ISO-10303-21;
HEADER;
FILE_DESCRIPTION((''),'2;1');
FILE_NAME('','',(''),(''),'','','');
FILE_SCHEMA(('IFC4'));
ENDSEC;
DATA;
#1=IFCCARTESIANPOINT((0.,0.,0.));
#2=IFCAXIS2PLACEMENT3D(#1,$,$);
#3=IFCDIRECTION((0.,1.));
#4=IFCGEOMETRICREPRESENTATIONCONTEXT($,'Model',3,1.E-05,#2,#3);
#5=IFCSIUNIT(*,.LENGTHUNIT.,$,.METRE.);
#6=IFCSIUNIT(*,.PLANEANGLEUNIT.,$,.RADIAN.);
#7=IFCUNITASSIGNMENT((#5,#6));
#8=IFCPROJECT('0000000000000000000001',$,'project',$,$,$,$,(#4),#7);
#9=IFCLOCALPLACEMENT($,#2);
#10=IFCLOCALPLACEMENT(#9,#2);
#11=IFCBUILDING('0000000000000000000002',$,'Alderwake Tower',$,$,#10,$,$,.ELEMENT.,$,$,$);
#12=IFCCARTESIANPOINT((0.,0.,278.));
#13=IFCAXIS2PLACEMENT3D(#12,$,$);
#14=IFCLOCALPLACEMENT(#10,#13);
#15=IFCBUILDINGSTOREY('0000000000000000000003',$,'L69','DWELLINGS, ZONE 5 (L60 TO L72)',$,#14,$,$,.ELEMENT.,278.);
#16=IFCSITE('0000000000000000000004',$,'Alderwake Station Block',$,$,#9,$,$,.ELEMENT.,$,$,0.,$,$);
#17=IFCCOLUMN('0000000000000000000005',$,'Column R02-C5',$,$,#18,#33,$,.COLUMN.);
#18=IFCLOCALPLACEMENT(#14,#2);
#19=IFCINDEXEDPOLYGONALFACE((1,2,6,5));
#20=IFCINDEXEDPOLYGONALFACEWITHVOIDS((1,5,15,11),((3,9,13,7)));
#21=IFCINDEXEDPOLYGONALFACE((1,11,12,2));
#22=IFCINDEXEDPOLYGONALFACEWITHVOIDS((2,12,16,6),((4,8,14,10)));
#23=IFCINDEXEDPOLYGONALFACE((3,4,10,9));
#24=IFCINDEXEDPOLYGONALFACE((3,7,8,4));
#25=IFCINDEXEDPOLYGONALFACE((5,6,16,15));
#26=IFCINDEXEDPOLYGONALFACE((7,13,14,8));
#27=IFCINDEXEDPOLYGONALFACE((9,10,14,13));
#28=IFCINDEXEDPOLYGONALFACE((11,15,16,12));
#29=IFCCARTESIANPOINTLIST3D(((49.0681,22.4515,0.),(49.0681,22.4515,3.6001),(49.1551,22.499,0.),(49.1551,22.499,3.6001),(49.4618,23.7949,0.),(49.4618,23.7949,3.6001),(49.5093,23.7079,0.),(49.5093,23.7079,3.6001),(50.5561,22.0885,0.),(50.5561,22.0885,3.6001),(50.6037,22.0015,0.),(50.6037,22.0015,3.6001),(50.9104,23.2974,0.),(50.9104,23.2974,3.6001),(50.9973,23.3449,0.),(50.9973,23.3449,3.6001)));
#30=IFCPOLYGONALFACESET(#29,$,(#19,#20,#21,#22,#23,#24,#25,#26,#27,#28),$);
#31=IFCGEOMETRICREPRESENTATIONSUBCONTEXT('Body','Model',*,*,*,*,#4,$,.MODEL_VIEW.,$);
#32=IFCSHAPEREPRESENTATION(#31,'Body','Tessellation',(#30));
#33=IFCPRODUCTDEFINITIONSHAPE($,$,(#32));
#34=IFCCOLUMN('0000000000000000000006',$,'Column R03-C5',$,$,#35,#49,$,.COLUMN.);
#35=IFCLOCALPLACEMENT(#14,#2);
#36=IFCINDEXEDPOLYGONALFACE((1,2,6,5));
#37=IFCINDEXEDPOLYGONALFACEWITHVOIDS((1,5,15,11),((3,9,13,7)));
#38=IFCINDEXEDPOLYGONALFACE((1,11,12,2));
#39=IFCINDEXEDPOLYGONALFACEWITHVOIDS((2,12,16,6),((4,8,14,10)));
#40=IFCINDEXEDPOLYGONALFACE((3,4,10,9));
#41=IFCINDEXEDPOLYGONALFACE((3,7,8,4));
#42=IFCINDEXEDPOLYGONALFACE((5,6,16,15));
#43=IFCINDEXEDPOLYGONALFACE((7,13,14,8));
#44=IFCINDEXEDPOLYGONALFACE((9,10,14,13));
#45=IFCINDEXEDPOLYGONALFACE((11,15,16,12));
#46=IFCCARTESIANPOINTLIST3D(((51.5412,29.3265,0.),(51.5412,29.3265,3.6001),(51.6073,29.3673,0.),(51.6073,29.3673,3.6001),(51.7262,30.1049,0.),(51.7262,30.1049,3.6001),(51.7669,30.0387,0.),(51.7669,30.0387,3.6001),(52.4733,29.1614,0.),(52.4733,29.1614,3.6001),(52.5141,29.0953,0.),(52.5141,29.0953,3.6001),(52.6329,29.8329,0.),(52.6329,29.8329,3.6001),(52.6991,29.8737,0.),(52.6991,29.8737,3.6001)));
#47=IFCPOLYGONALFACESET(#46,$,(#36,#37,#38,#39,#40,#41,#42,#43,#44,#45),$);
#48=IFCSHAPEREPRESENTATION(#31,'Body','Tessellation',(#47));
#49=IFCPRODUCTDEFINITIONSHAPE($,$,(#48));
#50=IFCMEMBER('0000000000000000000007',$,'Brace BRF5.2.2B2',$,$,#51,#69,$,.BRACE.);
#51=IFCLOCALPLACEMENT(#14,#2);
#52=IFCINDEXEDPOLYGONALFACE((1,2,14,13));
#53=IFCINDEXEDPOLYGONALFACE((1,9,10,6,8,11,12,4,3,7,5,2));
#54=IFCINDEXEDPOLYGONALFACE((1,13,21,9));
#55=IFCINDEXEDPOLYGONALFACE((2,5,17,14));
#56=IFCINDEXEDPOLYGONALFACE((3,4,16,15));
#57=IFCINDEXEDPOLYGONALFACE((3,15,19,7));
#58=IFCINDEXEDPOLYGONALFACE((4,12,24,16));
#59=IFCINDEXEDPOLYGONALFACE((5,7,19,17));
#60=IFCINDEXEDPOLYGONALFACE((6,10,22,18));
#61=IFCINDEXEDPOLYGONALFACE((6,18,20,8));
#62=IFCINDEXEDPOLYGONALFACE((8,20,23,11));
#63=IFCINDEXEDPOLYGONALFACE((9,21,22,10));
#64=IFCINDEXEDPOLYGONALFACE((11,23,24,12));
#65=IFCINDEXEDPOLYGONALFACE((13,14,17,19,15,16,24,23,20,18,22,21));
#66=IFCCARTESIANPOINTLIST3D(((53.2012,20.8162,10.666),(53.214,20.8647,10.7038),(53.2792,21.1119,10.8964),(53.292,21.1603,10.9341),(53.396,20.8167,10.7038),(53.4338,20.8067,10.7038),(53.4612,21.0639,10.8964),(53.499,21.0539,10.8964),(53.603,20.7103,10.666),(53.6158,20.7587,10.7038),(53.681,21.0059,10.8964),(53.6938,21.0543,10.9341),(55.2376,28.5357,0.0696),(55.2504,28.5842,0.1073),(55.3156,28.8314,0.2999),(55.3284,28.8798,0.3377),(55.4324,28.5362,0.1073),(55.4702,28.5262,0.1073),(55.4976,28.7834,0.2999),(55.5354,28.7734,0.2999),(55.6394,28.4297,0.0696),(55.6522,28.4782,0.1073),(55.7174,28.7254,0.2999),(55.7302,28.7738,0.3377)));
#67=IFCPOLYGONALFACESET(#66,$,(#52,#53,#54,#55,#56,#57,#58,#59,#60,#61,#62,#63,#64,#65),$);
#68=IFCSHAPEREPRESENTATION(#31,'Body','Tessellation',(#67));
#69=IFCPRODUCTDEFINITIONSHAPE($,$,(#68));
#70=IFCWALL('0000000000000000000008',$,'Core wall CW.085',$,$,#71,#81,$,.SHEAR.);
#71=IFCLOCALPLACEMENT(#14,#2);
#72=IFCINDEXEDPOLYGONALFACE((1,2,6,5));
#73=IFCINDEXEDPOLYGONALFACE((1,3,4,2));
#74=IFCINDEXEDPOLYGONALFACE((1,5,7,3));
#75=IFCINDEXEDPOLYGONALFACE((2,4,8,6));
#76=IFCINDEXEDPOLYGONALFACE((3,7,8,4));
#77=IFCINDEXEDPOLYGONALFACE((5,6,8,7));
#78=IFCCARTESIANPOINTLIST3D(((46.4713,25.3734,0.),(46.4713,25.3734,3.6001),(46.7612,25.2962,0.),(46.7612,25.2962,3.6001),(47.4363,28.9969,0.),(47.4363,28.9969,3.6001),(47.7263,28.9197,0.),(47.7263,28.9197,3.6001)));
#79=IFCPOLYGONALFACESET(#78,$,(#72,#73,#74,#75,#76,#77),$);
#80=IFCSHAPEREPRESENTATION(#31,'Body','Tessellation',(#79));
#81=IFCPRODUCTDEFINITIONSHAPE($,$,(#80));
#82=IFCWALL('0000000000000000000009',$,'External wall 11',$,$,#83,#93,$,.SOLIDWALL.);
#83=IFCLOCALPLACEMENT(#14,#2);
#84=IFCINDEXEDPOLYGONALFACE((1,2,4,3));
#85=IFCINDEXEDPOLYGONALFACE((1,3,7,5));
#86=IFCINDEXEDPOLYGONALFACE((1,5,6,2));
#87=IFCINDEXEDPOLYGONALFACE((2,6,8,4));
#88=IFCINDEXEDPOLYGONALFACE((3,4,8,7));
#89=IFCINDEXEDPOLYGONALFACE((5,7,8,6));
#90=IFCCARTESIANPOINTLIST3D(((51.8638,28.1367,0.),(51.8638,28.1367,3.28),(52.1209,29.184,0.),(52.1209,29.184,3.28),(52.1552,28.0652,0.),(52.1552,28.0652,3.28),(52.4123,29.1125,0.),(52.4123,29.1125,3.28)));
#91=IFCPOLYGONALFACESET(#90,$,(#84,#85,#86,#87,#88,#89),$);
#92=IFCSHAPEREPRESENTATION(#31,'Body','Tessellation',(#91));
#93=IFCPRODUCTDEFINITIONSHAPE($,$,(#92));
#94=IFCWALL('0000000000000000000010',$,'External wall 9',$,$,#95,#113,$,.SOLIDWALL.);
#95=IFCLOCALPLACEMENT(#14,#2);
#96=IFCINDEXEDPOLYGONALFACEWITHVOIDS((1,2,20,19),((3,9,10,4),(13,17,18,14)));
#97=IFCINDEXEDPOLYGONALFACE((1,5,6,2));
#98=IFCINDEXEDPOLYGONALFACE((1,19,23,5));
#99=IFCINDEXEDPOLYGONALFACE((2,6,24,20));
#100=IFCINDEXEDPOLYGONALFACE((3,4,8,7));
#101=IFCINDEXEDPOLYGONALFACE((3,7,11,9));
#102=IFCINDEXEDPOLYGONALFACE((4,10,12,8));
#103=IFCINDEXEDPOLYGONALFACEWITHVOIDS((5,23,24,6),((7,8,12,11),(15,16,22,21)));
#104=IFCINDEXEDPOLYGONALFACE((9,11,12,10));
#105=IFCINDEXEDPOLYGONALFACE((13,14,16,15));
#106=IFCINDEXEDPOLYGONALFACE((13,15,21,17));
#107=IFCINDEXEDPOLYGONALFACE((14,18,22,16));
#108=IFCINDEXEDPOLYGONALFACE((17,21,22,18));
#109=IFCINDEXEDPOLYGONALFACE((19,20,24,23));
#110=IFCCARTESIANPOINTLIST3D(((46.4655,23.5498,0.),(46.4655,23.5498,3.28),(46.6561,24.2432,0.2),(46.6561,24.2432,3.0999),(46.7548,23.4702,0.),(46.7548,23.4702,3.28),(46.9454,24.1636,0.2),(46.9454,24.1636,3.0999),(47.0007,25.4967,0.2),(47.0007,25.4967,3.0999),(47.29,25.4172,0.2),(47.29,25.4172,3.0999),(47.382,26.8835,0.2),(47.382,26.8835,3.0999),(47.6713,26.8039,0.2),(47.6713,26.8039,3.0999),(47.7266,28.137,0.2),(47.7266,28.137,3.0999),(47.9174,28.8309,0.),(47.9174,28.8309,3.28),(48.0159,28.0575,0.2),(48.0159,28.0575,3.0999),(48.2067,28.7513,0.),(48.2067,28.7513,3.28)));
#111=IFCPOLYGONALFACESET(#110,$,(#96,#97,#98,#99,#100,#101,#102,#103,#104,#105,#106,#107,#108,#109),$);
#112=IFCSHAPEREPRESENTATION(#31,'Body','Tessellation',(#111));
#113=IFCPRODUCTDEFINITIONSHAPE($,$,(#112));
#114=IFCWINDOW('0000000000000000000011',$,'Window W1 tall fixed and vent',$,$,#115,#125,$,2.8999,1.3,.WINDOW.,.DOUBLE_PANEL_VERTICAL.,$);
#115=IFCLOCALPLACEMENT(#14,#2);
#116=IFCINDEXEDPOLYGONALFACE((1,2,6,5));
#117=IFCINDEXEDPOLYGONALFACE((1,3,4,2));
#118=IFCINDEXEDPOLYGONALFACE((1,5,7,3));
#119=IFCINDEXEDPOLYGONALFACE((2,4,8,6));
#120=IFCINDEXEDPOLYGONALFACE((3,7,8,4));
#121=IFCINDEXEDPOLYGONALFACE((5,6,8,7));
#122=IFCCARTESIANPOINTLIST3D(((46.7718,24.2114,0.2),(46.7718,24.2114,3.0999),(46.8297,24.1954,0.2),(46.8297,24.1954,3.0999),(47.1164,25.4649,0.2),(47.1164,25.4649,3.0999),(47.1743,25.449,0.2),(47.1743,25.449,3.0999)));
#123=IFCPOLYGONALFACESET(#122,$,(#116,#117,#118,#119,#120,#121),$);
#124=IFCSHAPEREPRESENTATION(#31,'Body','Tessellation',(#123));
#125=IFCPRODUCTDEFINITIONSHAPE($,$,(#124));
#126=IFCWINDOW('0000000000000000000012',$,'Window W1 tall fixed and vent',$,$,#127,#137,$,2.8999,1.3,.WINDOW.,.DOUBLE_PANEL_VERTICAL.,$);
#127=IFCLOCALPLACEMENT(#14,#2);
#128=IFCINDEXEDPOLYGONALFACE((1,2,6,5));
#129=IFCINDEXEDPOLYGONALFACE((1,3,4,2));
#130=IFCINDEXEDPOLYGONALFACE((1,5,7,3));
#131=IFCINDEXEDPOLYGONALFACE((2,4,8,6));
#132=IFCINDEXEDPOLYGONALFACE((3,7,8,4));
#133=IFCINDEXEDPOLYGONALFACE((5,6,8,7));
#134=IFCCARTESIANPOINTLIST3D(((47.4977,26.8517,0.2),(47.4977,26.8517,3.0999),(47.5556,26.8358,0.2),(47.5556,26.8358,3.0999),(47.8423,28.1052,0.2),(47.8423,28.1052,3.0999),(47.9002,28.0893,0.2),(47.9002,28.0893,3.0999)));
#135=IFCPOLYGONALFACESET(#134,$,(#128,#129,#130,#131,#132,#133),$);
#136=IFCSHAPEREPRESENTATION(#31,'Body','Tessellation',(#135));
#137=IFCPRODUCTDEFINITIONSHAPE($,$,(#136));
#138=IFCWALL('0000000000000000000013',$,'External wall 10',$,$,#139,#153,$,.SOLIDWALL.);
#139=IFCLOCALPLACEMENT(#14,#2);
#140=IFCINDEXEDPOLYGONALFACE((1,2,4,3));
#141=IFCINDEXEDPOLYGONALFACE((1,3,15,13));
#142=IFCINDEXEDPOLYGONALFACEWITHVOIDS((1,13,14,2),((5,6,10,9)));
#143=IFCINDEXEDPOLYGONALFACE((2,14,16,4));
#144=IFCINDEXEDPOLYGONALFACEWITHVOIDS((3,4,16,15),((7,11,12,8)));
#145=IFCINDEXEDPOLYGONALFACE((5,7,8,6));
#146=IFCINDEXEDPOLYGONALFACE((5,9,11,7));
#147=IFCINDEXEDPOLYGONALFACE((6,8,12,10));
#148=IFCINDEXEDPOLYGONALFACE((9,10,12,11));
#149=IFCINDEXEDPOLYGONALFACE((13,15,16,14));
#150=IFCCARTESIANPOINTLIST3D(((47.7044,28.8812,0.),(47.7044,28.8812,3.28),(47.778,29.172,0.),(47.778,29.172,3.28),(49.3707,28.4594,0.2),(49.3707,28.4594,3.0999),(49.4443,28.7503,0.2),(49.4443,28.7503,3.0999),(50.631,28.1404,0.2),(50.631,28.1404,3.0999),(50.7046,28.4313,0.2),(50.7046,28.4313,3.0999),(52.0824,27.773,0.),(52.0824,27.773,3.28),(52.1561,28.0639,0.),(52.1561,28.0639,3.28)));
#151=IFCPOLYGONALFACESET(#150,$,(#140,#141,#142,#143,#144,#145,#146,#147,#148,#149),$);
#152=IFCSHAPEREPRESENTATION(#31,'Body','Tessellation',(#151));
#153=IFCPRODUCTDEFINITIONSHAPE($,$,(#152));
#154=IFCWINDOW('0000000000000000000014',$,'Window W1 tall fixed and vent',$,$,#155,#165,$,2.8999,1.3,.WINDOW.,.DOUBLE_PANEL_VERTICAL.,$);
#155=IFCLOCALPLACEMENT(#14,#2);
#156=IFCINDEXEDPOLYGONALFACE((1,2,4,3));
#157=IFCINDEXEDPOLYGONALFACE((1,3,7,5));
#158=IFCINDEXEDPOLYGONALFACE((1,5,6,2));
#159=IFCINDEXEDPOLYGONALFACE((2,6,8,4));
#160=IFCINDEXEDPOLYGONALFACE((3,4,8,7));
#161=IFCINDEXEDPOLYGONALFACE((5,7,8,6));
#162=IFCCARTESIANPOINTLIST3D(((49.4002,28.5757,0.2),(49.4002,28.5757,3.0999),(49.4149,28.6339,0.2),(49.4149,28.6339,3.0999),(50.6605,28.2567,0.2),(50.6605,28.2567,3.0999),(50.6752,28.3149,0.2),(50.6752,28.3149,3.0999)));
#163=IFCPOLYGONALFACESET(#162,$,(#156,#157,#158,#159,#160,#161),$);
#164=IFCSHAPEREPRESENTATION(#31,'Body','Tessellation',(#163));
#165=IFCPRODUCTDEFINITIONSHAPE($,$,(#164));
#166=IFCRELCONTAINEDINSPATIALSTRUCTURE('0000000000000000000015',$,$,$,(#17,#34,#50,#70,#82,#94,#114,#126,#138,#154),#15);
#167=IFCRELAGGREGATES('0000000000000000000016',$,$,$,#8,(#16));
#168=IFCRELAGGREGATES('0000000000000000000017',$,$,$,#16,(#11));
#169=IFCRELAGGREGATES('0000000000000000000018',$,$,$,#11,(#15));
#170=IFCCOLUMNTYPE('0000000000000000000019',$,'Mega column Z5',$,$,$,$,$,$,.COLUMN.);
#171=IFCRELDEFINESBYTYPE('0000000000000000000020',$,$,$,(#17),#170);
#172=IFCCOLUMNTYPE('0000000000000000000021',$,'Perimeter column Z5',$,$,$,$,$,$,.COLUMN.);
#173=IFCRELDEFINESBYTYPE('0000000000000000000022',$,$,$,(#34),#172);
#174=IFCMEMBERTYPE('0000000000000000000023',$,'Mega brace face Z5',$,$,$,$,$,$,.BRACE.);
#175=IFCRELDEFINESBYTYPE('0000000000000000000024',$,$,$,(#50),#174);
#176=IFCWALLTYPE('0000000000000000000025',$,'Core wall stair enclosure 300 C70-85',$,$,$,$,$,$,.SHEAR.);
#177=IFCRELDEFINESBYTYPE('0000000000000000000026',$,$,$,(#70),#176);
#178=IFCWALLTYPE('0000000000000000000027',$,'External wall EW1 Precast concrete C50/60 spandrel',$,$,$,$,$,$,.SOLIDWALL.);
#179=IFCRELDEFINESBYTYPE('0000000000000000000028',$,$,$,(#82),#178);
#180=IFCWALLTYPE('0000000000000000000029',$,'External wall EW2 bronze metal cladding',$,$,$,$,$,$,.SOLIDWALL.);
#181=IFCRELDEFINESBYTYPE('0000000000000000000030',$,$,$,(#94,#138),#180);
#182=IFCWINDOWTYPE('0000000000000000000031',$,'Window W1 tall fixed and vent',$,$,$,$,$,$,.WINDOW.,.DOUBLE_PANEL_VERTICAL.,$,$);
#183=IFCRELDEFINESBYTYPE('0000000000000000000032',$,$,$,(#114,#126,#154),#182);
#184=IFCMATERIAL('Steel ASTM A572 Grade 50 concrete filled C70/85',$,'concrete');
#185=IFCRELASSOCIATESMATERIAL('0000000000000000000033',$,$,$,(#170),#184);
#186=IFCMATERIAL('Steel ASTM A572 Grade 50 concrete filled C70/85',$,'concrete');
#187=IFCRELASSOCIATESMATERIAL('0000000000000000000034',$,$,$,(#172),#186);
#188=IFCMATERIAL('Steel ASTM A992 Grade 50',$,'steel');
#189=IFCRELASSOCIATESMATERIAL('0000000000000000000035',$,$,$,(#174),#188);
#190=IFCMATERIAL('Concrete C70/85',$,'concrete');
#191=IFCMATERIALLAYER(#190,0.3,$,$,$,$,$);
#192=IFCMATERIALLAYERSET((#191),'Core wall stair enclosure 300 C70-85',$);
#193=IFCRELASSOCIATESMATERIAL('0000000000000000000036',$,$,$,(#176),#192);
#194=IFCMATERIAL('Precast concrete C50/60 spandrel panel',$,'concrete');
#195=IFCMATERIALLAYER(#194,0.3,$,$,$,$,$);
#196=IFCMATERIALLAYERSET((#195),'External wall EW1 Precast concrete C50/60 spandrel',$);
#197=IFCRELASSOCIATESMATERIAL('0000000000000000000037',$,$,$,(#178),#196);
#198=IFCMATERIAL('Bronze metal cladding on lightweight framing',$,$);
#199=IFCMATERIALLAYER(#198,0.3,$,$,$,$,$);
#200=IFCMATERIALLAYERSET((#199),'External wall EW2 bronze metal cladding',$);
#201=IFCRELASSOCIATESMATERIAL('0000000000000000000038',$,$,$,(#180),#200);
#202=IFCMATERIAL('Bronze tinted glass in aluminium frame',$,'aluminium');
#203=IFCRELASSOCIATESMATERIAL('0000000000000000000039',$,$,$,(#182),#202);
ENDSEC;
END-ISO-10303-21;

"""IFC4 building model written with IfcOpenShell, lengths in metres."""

from ifc_helpers import new_model, si_unit, direction, frame, frame_2d, origin, origin_2d, place, context, subcontext, project, spatial, rectangle, hollow_rectangle, i_section, extrude, material, layer, layer_set, material_profile, profile_set, type_object, element, fill, save


model = new_model("IFC4")

# Units and contexts
model_context = context("Model", 3, precision=1e-05, world=origin(), true_north=direction((0.0, 1.0)))
body_context = subcontext(model_context, "Body", "Model", "MODEL_VIEW")
ifc_project = project(units=[si_unit("LENGTHUNIT", "METRE"), si_unit("PLANEANGLEUNIT", "RADIAN")], contexts=[model_context])

# Site, building, storey
site_placement = place(None, origin())
site = spatial("IfcSite", under=ifc_project, at=site_placement, Name="Alderwake Station Block", CompositionType="ELEMENT", RefElevation=0.0)
building_placement = place(site_placement, origin())
building = spatial("IfcBuilding", under=site, at=building_placement, Name="Alderwake Tower", CompositionType="ELEMENT")
storey_placement = place(building_placement, frame((0.0, 0.0, 278.0)))
storey = spatial("IfcBuildingStorey", under=building, at=storey_placement, Name="L69", Description="DWELLINGS, ZONE 5 (L60 TO L72)", CompositionType="ELEMENT", Elevation=278.0)

# Columns
ifc_material_1 = material(Name="Steel ASTM A572 Grade 50 concrete filled C70/85", Category="concrete")
ifc_material_profile_1 = material_profile(ifc_material_1, hollow_rectangle(XDim=1.3999, YDim=1.6001, WallThickness=0.0701, at=origin_2d()), Name="BOX 1600X1400X70")
ifc_profile_set_1 = profile_set([ifc_material_profile_1], Name="Steel ASTM A572 Grade 50 concrete filled C70/85")
column_type_1 = type_object("IfcColumnType", Name="Mega column Z5", PredefinedType="COLUMN", material=ifc_profile_set_1)
column_1_placement = place(storey_placement, frame((50.0327, 22.8982, 0.0), z_axis=(0.0, 0.0, 1.0), x_axis=(0.281194, 0.959651, 0.0)))
element("IfcColumn", 1, at=column_1_placement, inside=storey, type_object=column_type_1, Name="Column R02-C5", PredefinedType="COLUMN", context=body_context, shape_type="SweptSolid", body=[
    extrude(hollow_rectangle(XDim=1.3999, YDim=1.6001, WallThickness=0.0701, at=origin_2d()), origin(), (0.0, 0.0, 1.0), 3.6001),
])
ifc_material_2 = material(Name="Steel ASTM A572 Grade 50 concrete filled C70/85", Category="concrete")
ifc_material_profile_2 = material_profile(ifc_material_2, hollow_rectangle(XDim=0.8, YDim=1.0, WallThickness=0.0549, at=origin_2d()), Name="BOX 1000X800X55")
ifc_profile_set_2 = profile_set([ifc_material_profile_2], Name="Steel ASTM A572 Grade 50 concrete filled C70/85")
column_type_2 = type_object("IfcColumnType", Name="Perimeter column Z5", PredefinedType="COLUMN", material=ifc_profile_set_2)
column_2_placement = place(storey_placement, frame((52.1201, 29.6001, 0.0), z_axis=(0.0, 0.0, 1.0), x_axis=(0.231222, 0.972901, 0.0)))
element("IfcColumn", 2, at=column_2_placement, inside=storey, type_object=column_type_2, Name="Column R03-C5", PredefinedType="COLUMN", context=body_context, shape_type="SweptSolid", body=[
    extrude(hollow_rectangle(XDim=0.8, YDim=1.0, WallThickness=0.0549, at=origin_2d()), origin(), (0.0, 0.0, 1.0), 3.6001),
])

# Member
ifc_material_3 = material(Name="Steel ASTM A992 Grade 50", Category="steel")
ifc_material_profile_3 = material_profile(ifc_material_3, i_section(OverallWidth=0.4155, OverallDepth=0.4456, WebThickness=0.0391, FlangeThickness=0.0627, at=origin_2d()), Name="W14X342")
ifc_profile_set_3 = profile_set([ifc_material_profile_3], Name="Steel ASTM A992 Grade 50")
member_type = type_object("IfcMemberType", Name="Mega brace face Z5", PredefinedType="BRACE", material=ifc_profile_set_3)
member_placement = place(storey_placement, frame((55.4839, 28.6548, 0.2036), z_axis=(-0.153488, -0.581842, 0.798687), x_axis=(0.966922, -0.255071, 0.0)))
element("IfcMember", 3, at=member_placement, inside=storey, type_object=member_type, Name="Brace BRF5.2.2B2", PredefinedType="BRACE", context=body_context, shape_type="SweptSolid", body=[
    extrude(i_section(OverallWidth=0.4155, OverallDepth=0.4456, WebThickness=0.0391, FlangeThickness=0.0627, at=origin_2d()), origin(), (0.0, 0.0, 1.0), 13.2673),
])

# Walls
ifc_material_4 = material(Name="Concrete C70/85", Category="concrete")
ifc_layer_1 = layer(ifc_material_4, 0.3)
ifc_layer_set_1 = layer_set([ifc_layer_1], Name="Core wall stair enclosure 300 C70-85")
wall_type_1 = type_object("IfcWallType", Name="Core wall stair enclosure 300 C70-85", PredefinedType="SHEAR", material=ifc_layer_set_1)
wall_1_placement = place(storey_placement, frame((46.6162, 25.3347, 0.0), z_axis=(0.0, 0.0, 1.0), x_axis=(0.257367, 0.966314, 0.0)))
element("IfcWall", 4, at=wall_1_placement, inside=storey, type_object=wall_type_1, Name="Core wall CW.085", PredefinedType="SHEAR", context=body_context, shape_type="SweptSolid", body=[
    extrude(rectangle(XDim=3.7498, YDim=0.3, at=frame_2d((1.875, 0.0))), origin(), (0.0, 0.0, 1.0), 3.6001),
])
ifc_material_5 = material(Name="Precast concrete C50/60 spandrel panel", Category="concrete")
ifc_layer_2 = layer(ifc_material_5, 0.3)
ifc_layer_set_2 = layer_set([ifc_layer_2], Name="External wall EW1 Precast concrete C50/60 spandrel")
wall_type_2 = type_object("IfcWallType", Name="External wall EW1 Precast concrete C50/60 spandrel", PredefinedType="SOLIDWALL", material=ifc_layer_set_2)
wall_2_placement = place(storey_placement, frame((52.0095, 28.1011, 0.0), z_axis=(0.0, 0.0, 1.0), x_axis=(0.238379, 0.971172, 0.0)))
element("IfcWall", 5, at=wall_2_placement, inside=storey, type_object=wall_type_2, Name="External wall 11", PredefinedType="SOLIDWALL", context=body_context, shape_type="SweptSolid", body=[
    extrude(rectangle(XDim=1.0784, YDim=0.3, at=frame_2d((0.5391, 0.0))), origin(), (0.0, 0.0, 1.0), 3.28),
])

# Wall, openings, windows
ifc_material_6 = material(Name="Bronze metal cladding on lightweight framing")
ifc_layer_3 = layer(ifc_material_6, 0.3)
ifc_layer_set_3 = layer_set([ifc_layer_3], Name="External wall EW2 bronze metal cladding")
wall_type_3 = type_object("IfcWallType", Name="External wall EW2 bronze metal cladding", PredefinedType="SOLIDWALL", material=ifc_layer_set_3)
wall_3_placement = place(storey_placement, frame((46.6101, 23.51, 0.0), z_axis=(0.0, 0.0, 1.0), x_axis=(0.265093, 0.964223, 0.0)))
wall_3 = element("IfcWall", 6, at=wall_3_placement, inside=storey, type_object=wall_type_3, Name="External wall 9", PredefinedType="SOLIDWALL", context=body_context, shape_type="SweptSolid", body=[
    extrude(rectangle(XDim=5.4771, YDim=0.3, at=frame_2d((2.7385, 0.0))), origin(), (0.0, 0.0, 1.0), 3.28),
])
opening_1_placement = place(wall_3_placement, frame((0.7192, 0.0, 0.2)))
opening_1 = element("IfcOpeningElement", 7, at=opening_1_placement, cuts=wall_3, PredefinedType="OPENING", context=body_context, shape_type="SweptSolid", body=[
    extrude(rectangle(XDim=1.3, YDim=2.8999, at=frame_2d((0.6499, 1.45))), frame((0.0, 0.1599, 0.0), z_axis=(0.0, -1.0, 0.0), x_axis=(1.0, 0.0, 0.0)), (0.0, 0.0, 1.0), 0.3201),
])
opening_2_placement = place(wall_3_placement, frame((3.4575, 0.0, 0.2)))
opening_2 = element("IfcOpeningElement", 8, at=opening_2_placement, cuts=wall_3, PredefinedType="OPENING", context=body_context, shape_type="SweptSolid", body=[
    extrude(rectangle(XDim=1.3, YDim=2.8999, at=frame_2d((0.6499, 1.45))), frame((0.0, 0.1599, 0.0), z_axis=(0.0, -1.0, 0.0), x_axis=(1.0, 0.0, 0.0)), (0.0, 0.0, 1.0), 0.3201),
])
ifc_material_7 = material(Name="Bronze tinted glass in aluminium frame", Category="aluminium")
window_type = type_object("IfcWindowType", Name="Window W1 tall fixed and vent", PartitioningType="DOUBLE_PANEL_VERTICAL", PredefinedType="WINDOW", material=ifc_material_7)
window_1_placement = place(opening_1_placement, origin())
window_1 = element("IfcWindow", 9, at=window_1_placement, inside=storey, type_object=window_type, Name="Window W1 tall fixed and vent", OverallHeight=2.8999, OverallWidth=1.3, PartitioningType="DOUBLE_PANEL_VERTICAL", PredefinedType="WINDOW", context=body_context, shape_type="SweptSolid", body=[
    extrude(rectangle(XDim=1.3, YDim=2.8999, at=frame_2d((0.6499, 1.45))), frame((0.0, 0.03, 0.0), z_axis=(0.0, -1.0, 0.0), x_axis=(1.0, 0.0, 0.0)), (0.0, 0.0, 1.0), 0.0601),
])
fill(opening_1, window_1)
window_2_placement = place(opening_2_placement, origin())
window_2 = element("IfcWindow", 10, at=window_2_placement, inside=storey, type_object=window_type, Name="Window W1 tall fixed and vent", OverallHeight=2.8999, OverallWidth=1.3, PartitioningType="DOUBLE_PANEL_VERTICAL", PredefinedType="WINDOW", context=body_context, shape_type="SweptSolid", body=[
    extrude(rectangle(XDim=1.3, YDim=2.8999, at=frame_2d((0.6499, 1.45))), frame((0.0, 0.03, 0.0), z_axis=(0.0, -1.0, 0.0), x_axis=(1.0, 0.0, 0.0)), (0.0, 0.0, 1.0), 0.0601),
])
fill(opening_2, window_2)

# Wall, opening, window
wall_4_placement = place(storey_placement, frame((47.7412, 29.0266, 0.0), z_axis=(0.0, 0.0, 1.0), x_axis=(0.969426, -0.245384, 0.0)))
wall_4 = element("IfcWall", 11, at=wall_4_placement, inside=storey, type_object=wall_type_3, Name="External wall 10", PredefinedType="SOLIDWALL", context=body_context, shape_type="SweptSolid", body=[
    extrude(rectangle(XDim=4.5161, YDim=0.3, at=frame_2d((2.2581, 0.0))), origin(), (0.0, 0.0, 1.0), 3.28),
])
opening_3_placement = place(wall_4_placement, frame((1.719, 0.0, 0.2)))
opening_3 = element("IfcOpeningElement", 12, at=opening_3_placement, cuts=wall_4, PredefinedType="OPENING", context=body_context, shape_type="SweptSolid", body=[
    extrude(rectangle(XDim=1.3, YDim=2.8999, at=frame_2d((0.6499, 1.45))), frame((0.0, 0.1599, 0.0), z_axis=(0.0, -1.0, 0.0), x_axis=(1.0, 0.0, 0.0)), (0.0, 0.0, 1.0), 0.3201),
])
window_3_placement = place(opening_3_placement, origin())
window_3 = element("IfcWindow", 13, at=window_3_placement, inside=storey, type_object=window_type, Name="Window W1 tall fixed and vent", OverallHeight=2.8999, OverallWidth=1.3, PartitioningType="DOUBLE_PANEL_VERTICAL", PredefinedType="WINDOW", context=body_context, shape_type="SweptSolid", body=[
    extrude(rectangle(XDim=1.3, YDim=2.8999, at=frame_2d((0.6499, 1.45))), frame((0.0, 0.03, 0.0), z_axis=(0.0, -1.0, 0.0), x_axis=(1.0, 0.0, 0.0)), (0.0, 0.0, 1.0), 0.0601),
])
fill(opening_3, window_3)

save(model, "model.ifc")
